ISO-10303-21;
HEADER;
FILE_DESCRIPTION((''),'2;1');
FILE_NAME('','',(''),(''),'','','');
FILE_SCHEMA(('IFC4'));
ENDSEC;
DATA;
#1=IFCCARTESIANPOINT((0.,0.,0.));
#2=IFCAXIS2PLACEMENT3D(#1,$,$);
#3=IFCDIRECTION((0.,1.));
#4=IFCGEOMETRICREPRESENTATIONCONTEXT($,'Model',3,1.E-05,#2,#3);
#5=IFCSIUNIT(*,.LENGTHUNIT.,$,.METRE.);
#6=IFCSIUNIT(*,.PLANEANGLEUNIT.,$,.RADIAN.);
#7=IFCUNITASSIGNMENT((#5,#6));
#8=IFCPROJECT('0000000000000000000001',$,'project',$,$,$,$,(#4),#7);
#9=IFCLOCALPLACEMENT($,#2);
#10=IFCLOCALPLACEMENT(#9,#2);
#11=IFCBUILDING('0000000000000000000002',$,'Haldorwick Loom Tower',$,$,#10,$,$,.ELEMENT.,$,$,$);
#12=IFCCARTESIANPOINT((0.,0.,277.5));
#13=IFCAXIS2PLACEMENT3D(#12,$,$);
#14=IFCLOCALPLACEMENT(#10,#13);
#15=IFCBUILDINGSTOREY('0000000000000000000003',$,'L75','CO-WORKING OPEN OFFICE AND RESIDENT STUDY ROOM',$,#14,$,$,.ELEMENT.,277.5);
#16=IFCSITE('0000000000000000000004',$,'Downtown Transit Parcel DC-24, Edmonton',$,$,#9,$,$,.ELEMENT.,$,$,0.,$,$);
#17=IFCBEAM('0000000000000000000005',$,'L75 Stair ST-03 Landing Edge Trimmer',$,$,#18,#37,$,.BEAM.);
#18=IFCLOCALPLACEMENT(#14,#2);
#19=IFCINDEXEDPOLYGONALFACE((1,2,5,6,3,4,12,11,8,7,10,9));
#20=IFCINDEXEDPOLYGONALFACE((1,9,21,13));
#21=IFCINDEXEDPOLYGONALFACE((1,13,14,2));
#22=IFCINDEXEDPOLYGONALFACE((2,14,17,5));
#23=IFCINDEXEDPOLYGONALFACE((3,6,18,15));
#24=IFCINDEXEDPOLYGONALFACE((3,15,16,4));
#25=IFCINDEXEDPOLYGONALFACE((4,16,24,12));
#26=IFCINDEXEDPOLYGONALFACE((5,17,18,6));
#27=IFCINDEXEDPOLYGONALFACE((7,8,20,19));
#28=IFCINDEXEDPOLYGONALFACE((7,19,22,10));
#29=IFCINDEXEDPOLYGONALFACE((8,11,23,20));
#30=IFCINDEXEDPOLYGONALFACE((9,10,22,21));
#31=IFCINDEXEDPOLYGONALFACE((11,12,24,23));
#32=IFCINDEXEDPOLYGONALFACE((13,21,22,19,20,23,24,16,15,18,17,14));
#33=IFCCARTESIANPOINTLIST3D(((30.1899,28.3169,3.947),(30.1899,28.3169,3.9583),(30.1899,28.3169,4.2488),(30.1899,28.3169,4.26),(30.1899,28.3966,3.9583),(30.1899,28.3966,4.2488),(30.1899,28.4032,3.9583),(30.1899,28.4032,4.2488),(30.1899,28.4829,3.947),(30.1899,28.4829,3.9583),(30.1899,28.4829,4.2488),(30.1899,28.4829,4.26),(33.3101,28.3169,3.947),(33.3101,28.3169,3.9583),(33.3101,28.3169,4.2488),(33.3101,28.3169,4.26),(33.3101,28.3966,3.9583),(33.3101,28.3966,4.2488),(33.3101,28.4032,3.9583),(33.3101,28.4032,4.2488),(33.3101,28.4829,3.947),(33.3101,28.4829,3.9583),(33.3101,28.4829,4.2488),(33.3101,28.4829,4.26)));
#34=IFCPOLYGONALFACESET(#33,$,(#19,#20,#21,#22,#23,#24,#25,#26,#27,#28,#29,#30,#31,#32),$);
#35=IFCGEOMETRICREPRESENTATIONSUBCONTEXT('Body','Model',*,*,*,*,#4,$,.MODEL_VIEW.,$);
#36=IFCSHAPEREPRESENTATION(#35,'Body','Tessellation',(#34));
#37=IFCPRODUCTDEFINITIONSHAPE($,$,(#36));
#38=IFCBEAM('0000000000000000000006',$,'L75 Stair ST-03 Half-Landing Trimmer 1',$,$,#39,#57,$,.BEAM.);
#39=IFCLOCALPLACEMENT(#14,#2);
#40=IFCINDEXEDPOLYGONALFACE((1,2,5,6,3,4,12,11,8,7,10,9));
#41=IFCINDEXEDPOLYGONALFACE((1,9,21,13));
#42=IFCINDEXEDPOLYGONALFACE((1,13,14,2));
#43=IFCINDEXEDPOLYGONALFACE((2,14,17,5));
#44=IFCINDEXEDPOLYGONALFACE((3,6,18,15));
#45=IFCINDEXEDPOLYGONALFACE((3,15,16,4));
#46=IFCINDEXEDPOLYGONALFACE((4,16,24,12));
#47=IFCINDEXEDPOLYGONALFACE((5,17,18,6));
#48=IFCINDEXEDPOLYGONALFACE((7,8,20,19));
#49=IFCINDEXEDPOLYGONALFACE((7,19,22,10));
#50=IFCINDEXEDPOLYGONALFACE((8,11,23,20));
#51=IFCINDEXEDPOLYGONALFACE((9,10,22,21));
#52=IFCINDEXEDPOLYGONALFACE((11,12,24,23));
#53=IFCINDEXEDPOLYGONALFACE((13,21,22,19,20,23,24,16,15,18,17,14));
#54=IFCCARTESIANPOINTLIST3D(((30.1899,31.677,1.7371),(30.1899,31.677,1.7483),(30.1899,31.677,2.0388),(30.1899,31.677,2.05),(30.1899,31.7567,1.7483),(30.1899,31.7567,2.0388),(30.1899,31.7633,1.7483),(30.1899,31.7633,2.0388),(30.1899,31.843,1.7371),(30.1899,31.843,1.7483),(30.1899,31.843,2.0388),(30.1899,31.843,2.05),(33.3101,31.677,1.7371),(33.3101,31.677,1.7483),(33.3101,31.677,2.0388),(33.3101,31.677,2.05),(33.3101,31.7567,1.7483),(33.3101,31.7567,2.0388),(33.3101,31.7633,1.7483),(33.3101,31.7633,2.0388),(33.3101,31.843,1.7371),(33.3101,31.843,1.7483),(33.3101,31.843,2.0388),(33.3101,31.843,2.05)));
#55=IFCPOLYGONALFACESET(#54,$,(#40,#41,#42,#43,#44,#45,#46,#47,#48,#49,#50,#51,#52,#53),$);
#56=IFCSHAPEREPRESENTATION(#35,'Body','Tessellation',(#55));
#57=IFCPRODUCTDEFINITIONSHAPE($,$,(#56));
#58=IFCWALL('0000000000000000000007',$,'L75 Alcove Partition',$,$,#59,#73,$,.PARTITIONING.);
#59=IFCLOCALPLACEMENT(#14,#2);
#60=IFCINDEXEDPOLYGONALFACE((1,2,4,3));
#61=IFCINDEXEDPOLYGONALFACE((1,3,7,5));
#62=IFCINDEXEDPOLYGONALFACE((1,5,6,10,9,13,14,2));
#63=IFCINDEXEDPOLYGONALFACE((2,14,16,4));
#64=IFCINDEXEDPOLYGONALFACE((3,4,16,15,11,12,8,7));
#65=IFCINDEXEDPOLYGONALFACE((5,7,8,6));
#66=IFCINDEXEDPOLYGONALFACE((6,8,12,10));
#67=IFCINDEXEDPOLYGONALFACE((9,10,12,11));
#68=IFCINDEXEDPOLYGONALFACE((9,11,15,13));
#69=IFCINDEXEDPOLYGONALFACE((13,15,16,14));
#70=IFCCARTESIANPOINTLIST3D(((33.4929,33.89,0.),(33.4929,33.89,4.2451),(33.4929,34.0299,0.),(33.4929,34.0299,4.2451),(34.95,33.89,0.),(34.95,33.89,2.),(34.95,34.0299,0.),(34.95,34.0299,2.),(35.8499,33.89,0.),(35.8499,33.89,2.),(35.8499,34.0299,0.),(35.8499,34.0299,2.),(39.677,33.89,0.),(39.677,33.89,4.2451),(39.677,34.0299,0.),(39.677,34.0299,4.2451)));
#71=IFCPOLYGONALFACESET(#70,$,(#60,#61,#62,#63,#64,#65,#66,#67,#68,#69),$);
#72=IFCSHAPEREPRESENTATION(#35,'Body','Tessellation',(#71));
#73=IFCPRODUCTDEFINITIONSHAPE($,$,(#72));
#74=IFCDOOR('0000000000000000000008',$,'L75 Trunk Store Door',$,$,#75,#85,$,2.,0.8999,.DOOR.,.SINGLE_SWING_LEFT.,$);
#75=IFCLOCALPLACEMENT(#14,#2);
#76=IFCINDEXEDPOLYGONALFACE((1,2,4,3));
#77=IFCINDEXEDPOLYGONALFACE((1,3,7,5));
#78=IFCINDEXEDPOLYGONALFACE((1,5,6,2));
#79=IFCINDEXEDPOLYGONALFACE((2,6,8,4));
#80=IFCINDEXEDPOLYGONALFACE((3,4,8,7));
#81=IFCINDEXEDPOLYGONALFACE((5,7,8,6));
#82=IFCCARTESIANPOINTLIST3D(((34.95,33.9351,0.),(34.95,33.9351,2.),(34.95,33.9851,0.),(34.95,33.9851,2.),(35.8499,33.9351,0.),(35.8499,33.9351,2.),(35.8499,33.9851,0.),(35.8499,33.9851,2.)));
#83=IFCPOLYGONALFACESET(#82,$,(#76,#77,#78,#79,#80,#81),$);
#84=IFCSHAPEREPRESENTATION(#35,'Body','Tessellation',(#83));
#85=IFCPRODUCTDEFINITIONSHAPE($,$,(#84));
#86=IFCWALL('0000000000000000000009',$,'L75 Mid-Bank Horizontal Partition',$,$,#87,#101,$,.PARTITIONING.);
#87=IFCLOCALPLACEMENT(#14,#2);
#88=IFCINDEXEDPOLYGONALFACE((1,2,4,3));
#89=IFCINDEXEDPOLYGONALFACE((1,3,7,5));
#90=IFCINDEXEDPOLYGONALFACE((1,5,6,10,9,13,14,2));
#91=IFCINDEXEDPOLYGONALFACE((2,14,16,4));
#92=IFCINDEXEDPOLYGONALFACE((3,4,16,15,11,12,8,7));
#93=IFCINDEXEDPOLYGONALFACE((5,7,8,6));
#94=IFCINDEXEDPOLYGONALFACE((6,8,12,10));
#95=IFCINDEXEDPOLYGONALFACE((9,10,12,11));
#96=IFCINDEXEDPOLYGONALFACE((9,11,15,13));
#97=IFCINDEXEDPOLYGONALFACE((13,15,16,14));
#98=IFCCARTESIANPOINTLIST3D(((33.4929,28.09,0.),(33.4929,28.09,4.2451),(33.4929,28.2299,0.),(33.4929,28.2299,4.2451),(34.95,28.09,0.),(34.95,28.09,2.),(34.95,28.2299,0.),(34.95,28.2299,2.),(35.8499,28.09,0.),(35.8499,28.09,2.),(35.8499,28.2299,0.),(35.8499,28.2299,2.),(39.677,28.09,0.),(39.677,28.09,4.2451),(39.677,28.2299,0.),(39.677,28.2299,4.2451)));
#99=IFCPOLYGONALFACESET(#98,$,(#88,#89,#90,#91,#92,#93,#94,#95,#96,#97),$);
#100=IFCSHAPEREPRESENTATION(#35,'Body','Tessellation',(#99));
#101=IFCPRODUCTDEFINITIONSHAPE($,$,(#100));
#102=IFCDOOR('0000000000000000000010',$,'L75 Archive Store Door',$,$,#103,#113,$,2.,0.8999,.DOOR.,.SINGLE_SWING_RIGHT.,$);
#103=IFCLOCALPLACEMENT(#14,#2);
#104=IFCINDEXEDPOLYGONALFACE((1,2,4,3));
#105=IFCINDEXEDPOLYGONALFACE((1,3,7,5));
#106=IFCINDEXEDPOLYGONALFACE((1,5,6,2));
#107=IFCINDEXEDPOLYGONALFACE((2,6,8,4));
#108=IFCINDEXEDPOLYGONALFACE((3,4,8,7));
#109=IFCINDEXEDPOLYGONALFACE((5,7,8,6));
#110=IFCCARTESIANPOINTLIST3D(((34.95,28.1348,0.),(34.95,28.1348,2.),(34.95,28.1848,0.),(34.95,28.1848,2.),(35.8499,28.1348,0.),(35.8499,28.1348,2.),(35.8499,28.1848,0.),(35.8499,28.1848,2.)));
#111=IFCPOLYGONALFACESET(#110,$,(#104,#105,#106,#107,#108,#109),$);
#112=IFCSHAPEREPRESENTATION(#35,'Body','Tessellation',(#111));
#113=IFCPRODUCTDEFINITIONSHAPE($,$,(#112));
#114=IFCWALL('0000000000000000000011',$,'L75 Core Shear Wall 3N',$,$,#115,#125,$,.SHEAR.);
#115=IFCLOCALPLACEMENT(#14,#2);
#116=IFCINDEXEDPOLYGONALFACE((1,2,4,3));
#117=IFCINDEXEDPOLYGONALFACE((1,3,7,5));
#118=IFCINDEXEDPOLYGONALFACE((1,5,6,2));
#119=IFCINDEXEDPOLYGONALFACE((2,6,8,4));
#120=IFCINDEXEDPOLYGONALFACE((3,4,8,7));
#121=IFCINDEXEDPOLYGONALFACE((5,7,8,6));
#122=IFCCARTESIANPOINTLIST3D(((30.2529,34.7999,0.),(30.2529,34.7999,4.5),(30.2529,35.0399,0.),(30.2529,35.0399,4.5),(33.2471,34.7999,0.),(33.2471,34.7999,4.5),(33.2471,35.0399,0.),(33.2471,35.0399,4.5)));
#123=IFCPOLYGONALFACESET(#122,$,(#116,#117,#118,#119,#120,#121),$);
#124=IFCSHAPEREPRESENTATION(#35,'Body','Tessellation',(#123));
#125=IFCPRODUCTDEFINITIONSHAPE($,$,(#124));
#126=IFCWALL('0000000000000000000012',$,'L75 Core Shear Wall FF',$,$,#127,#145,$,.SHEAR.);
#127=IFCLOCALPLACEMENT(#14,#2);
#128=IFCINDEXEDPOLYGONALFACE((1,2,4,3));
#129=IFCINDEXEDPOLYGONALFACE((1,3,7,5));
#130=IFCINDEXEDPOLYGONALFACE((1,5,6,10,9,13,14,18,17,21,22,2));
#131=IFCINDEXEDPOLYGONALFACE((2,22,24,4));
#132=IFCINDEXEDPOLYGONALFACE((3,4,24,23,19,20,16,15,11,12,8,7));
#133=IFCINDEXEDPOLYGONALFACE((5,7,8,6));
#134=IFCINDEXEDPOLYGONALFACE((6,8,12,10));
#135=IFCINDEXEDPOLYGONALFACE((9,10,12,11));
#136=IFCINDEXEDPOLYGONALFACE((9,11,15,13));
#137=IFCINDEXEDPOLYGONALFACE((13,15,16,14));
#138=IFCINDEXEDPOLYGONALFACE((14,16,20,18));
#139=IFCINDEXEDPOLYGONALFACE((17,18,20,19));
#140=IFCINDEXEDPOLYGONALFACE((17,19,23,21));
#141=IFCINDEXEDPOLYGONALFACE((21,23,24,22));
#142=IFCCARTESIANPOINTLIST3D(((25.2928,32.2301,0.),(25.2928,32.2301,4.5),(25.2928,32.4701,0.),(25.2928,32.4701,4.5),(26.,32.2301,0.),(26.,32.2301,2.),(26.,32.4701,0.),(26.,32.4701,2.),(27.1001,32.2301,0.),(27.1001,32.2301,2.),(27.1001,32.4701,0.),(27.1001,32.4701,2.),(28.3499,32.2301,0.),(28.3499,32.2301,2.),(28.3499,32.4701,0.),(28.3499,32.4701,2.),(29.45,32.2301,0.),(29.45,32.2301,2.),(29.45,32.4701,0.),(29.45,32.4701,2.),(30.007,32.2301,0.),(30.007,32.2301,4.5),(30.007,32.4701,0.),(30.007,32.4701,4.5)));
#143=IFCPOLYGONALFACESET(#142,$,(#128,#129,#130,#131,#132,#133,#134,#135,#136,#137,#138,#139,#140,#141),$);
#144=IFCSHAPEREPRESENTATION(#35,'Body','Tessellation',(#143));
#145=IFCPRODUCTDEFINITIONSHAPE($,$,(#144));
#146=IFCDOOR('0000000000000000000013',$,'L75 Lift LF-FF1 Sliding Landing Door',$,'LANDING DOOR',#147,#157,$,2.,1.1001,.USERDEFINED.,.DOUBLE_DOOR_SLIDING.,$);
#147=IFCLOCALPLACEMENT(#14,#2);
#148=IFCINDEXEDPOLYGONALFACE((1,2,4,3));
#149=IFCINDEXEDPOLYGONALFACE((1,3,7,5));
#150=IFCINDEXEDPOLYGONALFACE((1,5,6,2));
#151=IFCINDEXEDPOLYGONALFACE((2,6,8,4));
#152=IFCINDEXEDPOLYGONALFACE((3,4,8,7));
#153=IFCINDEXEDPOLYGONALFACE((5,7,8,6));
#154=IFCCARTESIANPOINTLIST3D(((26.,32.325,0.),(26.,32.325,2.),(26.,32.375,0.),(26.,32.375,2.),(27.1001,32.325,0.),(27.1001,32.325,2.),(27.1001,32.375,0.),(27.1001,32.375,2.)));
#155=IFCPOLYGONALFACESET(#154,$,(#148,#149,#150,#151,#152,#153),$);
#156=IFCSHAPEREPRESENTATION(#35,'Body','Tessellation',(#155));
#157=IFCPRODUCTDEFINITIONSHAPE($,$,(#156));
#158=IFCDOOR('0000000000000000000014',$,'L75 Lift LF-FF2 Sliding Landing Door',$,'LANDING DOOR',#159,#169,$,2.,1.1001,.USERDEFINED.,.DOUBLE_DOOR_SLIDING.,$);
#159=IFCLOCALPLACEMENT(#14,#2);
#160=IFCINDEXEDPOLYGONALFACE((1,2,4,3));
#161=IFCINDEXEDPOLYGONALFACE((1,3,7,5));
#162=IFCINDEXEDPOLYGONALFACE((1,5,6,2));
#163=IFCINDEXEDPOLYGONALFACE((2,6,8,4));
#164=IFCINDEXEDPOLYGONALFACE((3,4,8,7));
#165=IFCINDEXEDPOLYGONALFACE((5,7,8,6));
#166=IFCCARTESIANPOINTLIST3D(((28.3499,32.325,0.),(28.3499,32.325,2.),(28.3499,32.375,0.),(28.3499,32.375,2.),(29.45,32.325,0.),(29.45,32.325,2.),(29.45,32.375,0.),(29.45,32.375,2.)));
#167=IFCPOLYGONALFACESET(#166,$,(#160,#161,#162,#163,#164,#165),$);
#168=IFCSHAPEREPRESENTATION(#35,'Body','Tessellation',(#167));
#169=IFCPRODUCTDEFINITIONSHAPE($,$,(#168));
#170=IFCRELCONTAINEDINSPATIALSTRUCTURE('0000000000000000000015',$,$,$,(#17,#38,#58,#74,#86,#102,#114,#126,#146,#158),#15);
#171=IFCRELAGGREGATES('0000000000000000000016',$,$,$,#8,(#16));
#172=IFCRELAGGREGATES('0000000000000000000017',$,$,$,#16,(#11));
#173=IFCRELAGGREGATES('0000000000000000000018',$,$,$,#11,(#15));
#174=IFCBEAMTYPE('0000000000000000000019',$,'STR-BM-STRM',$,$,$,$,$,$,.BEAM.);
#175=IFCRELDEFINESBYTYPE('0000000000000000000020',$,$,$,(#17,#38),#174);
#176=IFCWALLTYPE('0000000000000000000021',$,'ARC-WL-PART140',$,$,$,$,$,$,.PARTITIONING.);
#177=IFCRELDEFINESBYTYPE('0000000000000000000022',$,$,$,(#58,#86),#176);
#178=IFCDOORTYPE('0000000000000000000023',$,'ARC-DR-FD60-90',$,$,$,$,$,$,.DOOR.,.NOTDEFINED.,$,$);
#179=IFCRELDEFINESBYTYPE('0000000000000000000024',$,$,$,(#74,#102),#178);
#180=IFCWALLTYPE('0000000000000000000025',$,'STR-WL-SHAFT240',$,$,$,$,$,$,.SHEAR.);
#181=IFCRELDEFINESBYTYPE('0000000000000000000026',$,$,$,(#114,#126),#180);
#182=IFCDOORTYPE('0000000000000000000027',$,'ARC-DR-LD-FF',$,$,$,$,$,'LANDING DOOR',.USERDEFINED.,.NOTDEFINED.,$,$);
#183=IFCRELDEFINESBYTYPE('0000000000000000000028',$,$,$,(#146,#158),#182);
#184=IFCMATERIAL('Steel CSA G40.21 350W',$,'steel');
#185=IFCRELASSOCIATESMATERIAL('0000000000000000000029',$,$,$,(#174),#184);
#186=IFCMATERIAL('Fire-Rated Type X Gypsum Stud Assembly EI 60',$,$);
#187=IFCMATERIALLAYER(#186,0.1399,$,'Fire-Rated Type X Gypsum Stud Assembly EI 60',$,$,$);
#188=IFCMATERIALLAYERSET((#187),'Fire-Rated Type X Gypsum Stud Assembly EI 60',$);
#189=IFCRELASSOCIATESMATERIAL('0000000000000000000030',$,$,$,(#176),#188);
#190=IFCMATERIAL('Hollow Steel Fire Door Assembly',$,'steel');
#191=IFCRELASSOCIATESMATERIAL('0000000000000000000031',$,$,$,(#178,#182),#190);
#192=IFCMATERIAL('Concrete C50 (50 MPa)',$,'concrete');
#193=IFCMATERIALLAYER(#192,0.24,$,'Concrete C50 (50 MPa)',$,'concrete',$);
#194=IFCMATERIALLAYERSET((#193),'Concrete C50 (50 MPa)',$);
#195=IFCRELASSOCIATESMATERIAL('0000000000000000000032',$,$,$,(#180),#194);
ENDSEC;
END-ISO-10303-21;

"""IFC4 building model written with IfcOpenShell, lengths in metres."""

from ifc_helpers import new_model, si_unit, direction, frame, frame_2d, origin, origin_2d, place, context, subcontext, project, spatial, rectangle, i_section, extrude, material, layer, layer_set, material_profile, profile_set, type_object, element, fill, save


model = new_model("IFC4")

# Units and contexts
model_context = context("Model", 3, precision=1e-05, world=origin(), true_north=direction((0.0, 1.0)))
body_context = subcontext(model_context, "Body", "Model", "MODEL_VIEW")
ifc_project = project(units=[si_unit("LENGTHUNIT", "METRE"), si_unit("PLANEANGLEUNIT", "RADIAN")], contexts=[model_context])

# Site, building, storey
site_placement = place(None, origin())
site = spatial("IfcSite", under=ifc_project, at=site_placement, Name="Downtown Transit Parcel DC-24, Edmonton", CompositionType="ELEMENT", RefElevation=0.0)
building_placement = place(site_placement, origin())
building = spatial("IfcBuilding", under=site, at=building_placement, Name="Haldorwick Loom Tower", CompositionType="ELEMENT")
storey_placement = place(building_placement, frame((0.0, 0.0, 277.5)))
storey = spatial("IfcBuildingStorey", under=building, at=storey_placement, Name="L75", Description="CO-WORKING OPEN OFFICE AND RESIDENT STUDY ROOM", CompositionType="ELEMENT", Elevation=277.5)

# Beams
ifc_material_1 = material(Name="Steel CSA G40.21 350W", Category="steel")
ifc_material_profile = material_profile(ifc_material_1, i_section(OverallWidth=0.166, OverallDepth=0.313, WebThickness=0.0066, FlangeThickness=0.0112, at=origin_2d()), Name="W310X45", Category="steel")
ifc_profile_set = profile_set([ifc_material_profile], Name="Steel CSA G40.21 350W")
beam_type = type_object("IfcBeamType", Name="STR-BM-STRM", PredefinedType="BEAM", material=ifc_profile_set)
for number, where, z_axis, x_axis, name in (
    (1, (30.1899, 28.3999, 4.1035), (1.0, 0.0, 0.0), (0.0, 1.0, 0.0), "L75 Stair ST-03 Landing Edge Trimmer"),
    (2, (30.1899, 31.76, 1.8936), (1.0, 0.0, 0.0), (0.0, 1.0, 0.0), "L75 Stair ST-03 Half-Landing Trimmer 1"),
):
    element("IfcBeam", number, at=place(storey_placement, frame(where, z_axis=z_axis, x_axis=x_axis)), inside=storey, type_object=beam_type, Name=name, PredefinedType="BEAM", context=body_context, shape_type="SweptSolid", body=[
        extrude(i_section(OverallWidth=0.166, OverallDepth=0.313, WebThickness=0.0066, FlangeThickness=0.0112, at=origin_2d()), origin(), (0.0, 0.0, 1.0), 3.1201),
    ])

# Walls, openings, doors
ifc_material_2 = material(Name="Fire-Rated Type X Gypsum Stud Assembly EI 60")
ifc_layer_1 = layer(ifc_material_2, 0.1399, Name="Fire-Rated Type X Gypsum Stud Assembly EI 60")
ifc_layer_set_1 = layer_set([ifc_layer_1], Name="Fire-Rated Type X Gypsum Stud Assembly EI 60")
wall_type_1 = type_object("IfcWallType", Name="ARC-WL-PART140", PredefinedType="PARTITIONING", material=ifc_layer_set_1)
wall_1_placement = place(storey_placement, frame((33.4929, 33.96, 0.0), z_axis=(0.0, 0.0, 1.0), x_axis=(1.0, 0.0, 0.0)))
wall_1 = element("IfcWall", 3, at=wall_1_placement, inside=storey, type_object=wall_type_1, Name="L75 Alcove Partition", PredefinedType="PARTITIONING", context=body_context, shape_type="SweptSolid", body=[
    extrude(rectangle(XDim=6.1841, YDim=0.1399, at=frame_2d((3.092, 0.0))), origin(), (0.0, 0.0, 1.0), 4.2451),
])
opening_1_placement = place(wall_1_placement, frame((1.457, 0.0, 0.0)))
opening_1 = element("IfcOpeningElement", 4, at=opening_1_placement, cuts=wall_1, PredefinedType="OPENING", context=body_context, shape_type="SweptSolid", body=[
    extrude(rectangle(XDim=0.8999, YDim=2.0, at=frame_2d((0.45, 1.0))), frame((0.0, 0.0798, 0.0), z_axis=(0.0, -1.0, 0.0), x_axis=(1.0, 0.0, 0.0)), (0.0, 0.0, 1.0), 0.1599),
])
ifc_material_3 = material(Name="Hollow Steel Fire Door Assembly", Category="steel")
door_type_1 = type_object("IfcDoorType", Name="ARC-DR-FD60-90", OperationType="NOTDEFINED", PredefinedType="DOOR", material=ifc_material_3)
door_1_placement = place(opening_1_placement, frame((0.8999, 0.0, 0.0), z_axis=(0.0, 0.0, 1.0), x_axis=(-1.0, 0.0, 0.0)))
door_1 = element("IfcDoor", 5, at=door_1_placement, inside=storey, type_object=door_type_1, Name="L75 Trunk Store Door", OperationType="SINGLE_SWING_LEFT", OverallHeight=2.0, OverallWidth=0.8999, PredefinedType="DOOR", context=body_context, shape_type="SweptSolid", body=[
    extrude(rectangle(XDim=0.8999, YDim=2.0, at=frame_2d((0.45, 1.0))), frame((0.0, 0.0249, 0.0), z_axis=(0.0, -1.0, 0.0), x_axis=(1.0, 0.0, 0.0)), (0.0, 0.0, 1.0), 0.05),
])
fill(opening_1, door_1)
wall_2_placement = place(storey_placement, frame((33.4929, 28.1599, 0.0), z_axis=(0.0, 0.0, 1.0), x_axis=(1.0, 0.0, 0.0)))
wall_2 = element("IfcWall", 6, at=wall_2_placement, inside=storey, type_object=wall_type_1, Name="L75 Mid-Bank Horizontal Partition", PredefinedType="PARTITIONING", context=body_context, shape_type="SweptSolid", body=[
    extrude(rectangle(XDim=6.1841, YDim=0.1399, at=frame_2d((3.092, 0.0))), origin(), (0.0, 0.0, 1.0), 4.2451),
])
opening_2_placement = place(wall_2_placement, frame((1.457, 0.0, 0.0)))
opening_2 = element("IfcOpeningElement", 7, at=opening_2_placement, cuts=wall_2, PredefinedType="OPENING", context=body_context, shape_type="SweptSolid", body=[
    extrude(rectangle(XDim=0.8999, YDim=2.0, at=frame_2d((0.45, 1.0))), frame((0.0, 0.0798, 0.0), z_axis=(0.0, -1.0, 0.0), x_axis=(1.0, 0.0, 0.0)), (0.0, 0.0, 1.0), 0.1599),
])
door_2_placement = place(opening_2_placement, origin())
door_2 = element("IfcDoor", 8, at=door_2_placement, inside=storey, type_object=door_type_1, Name="L75 Archive Store Door", OperationType="SINGLE_SWING_RIGHT", OverallHeight=2.0, OverallWidth=0.8999, PredefinedType="DOOR", context=body_context, shape_type="SweptSolid", body=[
    extrude(rectangle(XDim=0.8999, YDim=2.0, at=frame_2d((0.45, 1.0))), frame((0.0, 0.0249, 0.0), z_axis=(0.0, -1.0, 0.0), x_axis=(1.0, 0.0, 0.0)), (0.0, 0.0, 1.0), 0.05),
])
fill(opening_2, door_2)

# Wall
ifc_material_4 = material(Name="Concrete C50 (50 MPa)", Category="concrete")
ifc_layer_2 = layer(ifc_material_4, 0.24, Name="Concrete C50 (50 MPa)", Category="concrete")
ifc_layer_set_2 = layer_set([ifc_layer_2], Name="Concrete C50 (50 MPa)")
wall_type_2 = type_object("IfcWallType", Name="STR-WL-SHAFT240", PredefinedType="SHEAR", material=ifc_layer_set_2)
wall_3_placement = place(storey_placement, frame((30.2529, 34.9199, 0.0), z_axis=(0.0, 0.0, 1.0), x_axis=(1.0, 0.0, 0.0)))
element("IfcWall", 9, at=wall_3_placement, inside=storey, type_object=wall_type_2, Name="L75 Core Shear Wall 3N", PredefinedType="SHEAR", context=body_context, shape_type="SweptSolid", body=[
    extrude(rectangle(XDim=2.9941, YDim=0.24, at=frame_2d((1.4971, 0.0))), origin(), (0.0, 0.0, 1.0), 4.5),
])

# Wall, openings, doors
wall_4_placement = place(storey_placement, frame((25.293, 32.3501, 0.0), z_axis=(0.0, 0.0, 1.0), x_axis=(1.0, 0.0, 0.0)))
wall_4 = element("IfcWall", 10, at=wall_4_placement, inside=storey, type_object=wall_type_2, Name="L75 Core Shear Wall FF", PredefinedType="SHEAR", context=body_context, shape_type="SweptSolid", body=[
    extrude(rectangle(XDim=4.7141, YDim=0.24, at=frame_2d((2.3569, 0.0))), origin(), (0.0, 0.0, 1.0), 4.5),
])
opening_3_placement = place(wall_4_placement, frame((0.707, 0.0, 0.0)))
opening_3 = element("IfcOpeningElement", 11, at=opening_3_placement, cuts=wall_4, PredefinedType="OPENING", context=body_context, shape_type="SweptSolid", body=[
    extrude(rectangle(XDim=1.1001, YDim=2.0, at=frame_2d((0.55, 1.0))), frame((0.0, 0.1299, 0.0), z_axis=(0.0, -1.0, 0.0), x_axis=(1.0, 0.0, 0.0)), (0.0, 0.0, 1.0), 0.26),
])
opening_4_placement = place(wall_4_placement, frame((3.0569, 0.0, 0.0)))
opening_4 = element("IfcOpeningElement", 12, at=opening_4_placement, cuts=wall_4, PredefinedType="OPENING", context=body_context, shape_type="SweptSolid", body=[
    extrude(rectangle(XDim=1.1001, YDim=2.0, at=frame_2d((0.55, 1.0))), frame((0.0, 0.1299, 0.0), z_axis=(0.0, -1.0, 0.0), x_axis=(1.0, 0.0, 0.0)), (0.0, 0.0, 1.0), 0.26),
])
door_type_2 = type_object("IfcDoorType", Name="ARC-DR-LD-FF", ElementType="LANDING DOOR", OperationType="NOTDEFINED", PredefinedType="USERDEFINED", material=ifc_material_3)
door_3_placement = place(opening_3_placement, origin())
door_3 = element("IfcDoor", 13, at=door_3_placement, inside=storey, type_object=door_type_2, Name="L75 Lift LF-FF1 Sliding Landing Door", ObjectType="LANDING DOOR", OperationType="DOUBLE_DOOR_SLIDING", OverallHeight=2.0, OverallWidth=1.1001, PredefinedType="USERDEFINED", context=body_context, shape_type="SweptSolid", body=[
    extrude(rectangle(XDim=1.1001, YDim=2.0, at=frame_2d((0.55, 1.0))), frame((0.0, 0.0249, 0.0), z_axis=(0.0, -1.0, 0.0), x_axis=(1.0, 0.0, 0.0)), (0.0, 0.0, 1.0), 0.05),
])
fill(opening_3, door_3)
door_4_placement = place(opening_4_placement, origin())
door_4 = element("IfcDoor", 14, at=door_4_placement, inside=storey, type_object=door_type_2, Name="L75 Lift LF-FF2 Sliding Landing Door", ObjectType="LANDING DOOR", OperationType="DOUBLE_DOOR_SLIDING", OverallHeight=2.0, OverallWidth=1.1001, PredefinedType="USERDEFINED", context=body_context, shape_type="SweptSolid", body=[
    extrude(rectangle(XDim=1.1001, YDim=2.0, at=frame_2d((0.55, 1.0))), frame((0.0, 0.0249, 0.0), z_axis=(0.0, -1.0, 0.0), x_axis=(1.0, 0.0, 0.0)), (0.0, 0.0, 1.0), 0.05),
])
fill(opening_4, door_4)

save(model, "model.ifc")
